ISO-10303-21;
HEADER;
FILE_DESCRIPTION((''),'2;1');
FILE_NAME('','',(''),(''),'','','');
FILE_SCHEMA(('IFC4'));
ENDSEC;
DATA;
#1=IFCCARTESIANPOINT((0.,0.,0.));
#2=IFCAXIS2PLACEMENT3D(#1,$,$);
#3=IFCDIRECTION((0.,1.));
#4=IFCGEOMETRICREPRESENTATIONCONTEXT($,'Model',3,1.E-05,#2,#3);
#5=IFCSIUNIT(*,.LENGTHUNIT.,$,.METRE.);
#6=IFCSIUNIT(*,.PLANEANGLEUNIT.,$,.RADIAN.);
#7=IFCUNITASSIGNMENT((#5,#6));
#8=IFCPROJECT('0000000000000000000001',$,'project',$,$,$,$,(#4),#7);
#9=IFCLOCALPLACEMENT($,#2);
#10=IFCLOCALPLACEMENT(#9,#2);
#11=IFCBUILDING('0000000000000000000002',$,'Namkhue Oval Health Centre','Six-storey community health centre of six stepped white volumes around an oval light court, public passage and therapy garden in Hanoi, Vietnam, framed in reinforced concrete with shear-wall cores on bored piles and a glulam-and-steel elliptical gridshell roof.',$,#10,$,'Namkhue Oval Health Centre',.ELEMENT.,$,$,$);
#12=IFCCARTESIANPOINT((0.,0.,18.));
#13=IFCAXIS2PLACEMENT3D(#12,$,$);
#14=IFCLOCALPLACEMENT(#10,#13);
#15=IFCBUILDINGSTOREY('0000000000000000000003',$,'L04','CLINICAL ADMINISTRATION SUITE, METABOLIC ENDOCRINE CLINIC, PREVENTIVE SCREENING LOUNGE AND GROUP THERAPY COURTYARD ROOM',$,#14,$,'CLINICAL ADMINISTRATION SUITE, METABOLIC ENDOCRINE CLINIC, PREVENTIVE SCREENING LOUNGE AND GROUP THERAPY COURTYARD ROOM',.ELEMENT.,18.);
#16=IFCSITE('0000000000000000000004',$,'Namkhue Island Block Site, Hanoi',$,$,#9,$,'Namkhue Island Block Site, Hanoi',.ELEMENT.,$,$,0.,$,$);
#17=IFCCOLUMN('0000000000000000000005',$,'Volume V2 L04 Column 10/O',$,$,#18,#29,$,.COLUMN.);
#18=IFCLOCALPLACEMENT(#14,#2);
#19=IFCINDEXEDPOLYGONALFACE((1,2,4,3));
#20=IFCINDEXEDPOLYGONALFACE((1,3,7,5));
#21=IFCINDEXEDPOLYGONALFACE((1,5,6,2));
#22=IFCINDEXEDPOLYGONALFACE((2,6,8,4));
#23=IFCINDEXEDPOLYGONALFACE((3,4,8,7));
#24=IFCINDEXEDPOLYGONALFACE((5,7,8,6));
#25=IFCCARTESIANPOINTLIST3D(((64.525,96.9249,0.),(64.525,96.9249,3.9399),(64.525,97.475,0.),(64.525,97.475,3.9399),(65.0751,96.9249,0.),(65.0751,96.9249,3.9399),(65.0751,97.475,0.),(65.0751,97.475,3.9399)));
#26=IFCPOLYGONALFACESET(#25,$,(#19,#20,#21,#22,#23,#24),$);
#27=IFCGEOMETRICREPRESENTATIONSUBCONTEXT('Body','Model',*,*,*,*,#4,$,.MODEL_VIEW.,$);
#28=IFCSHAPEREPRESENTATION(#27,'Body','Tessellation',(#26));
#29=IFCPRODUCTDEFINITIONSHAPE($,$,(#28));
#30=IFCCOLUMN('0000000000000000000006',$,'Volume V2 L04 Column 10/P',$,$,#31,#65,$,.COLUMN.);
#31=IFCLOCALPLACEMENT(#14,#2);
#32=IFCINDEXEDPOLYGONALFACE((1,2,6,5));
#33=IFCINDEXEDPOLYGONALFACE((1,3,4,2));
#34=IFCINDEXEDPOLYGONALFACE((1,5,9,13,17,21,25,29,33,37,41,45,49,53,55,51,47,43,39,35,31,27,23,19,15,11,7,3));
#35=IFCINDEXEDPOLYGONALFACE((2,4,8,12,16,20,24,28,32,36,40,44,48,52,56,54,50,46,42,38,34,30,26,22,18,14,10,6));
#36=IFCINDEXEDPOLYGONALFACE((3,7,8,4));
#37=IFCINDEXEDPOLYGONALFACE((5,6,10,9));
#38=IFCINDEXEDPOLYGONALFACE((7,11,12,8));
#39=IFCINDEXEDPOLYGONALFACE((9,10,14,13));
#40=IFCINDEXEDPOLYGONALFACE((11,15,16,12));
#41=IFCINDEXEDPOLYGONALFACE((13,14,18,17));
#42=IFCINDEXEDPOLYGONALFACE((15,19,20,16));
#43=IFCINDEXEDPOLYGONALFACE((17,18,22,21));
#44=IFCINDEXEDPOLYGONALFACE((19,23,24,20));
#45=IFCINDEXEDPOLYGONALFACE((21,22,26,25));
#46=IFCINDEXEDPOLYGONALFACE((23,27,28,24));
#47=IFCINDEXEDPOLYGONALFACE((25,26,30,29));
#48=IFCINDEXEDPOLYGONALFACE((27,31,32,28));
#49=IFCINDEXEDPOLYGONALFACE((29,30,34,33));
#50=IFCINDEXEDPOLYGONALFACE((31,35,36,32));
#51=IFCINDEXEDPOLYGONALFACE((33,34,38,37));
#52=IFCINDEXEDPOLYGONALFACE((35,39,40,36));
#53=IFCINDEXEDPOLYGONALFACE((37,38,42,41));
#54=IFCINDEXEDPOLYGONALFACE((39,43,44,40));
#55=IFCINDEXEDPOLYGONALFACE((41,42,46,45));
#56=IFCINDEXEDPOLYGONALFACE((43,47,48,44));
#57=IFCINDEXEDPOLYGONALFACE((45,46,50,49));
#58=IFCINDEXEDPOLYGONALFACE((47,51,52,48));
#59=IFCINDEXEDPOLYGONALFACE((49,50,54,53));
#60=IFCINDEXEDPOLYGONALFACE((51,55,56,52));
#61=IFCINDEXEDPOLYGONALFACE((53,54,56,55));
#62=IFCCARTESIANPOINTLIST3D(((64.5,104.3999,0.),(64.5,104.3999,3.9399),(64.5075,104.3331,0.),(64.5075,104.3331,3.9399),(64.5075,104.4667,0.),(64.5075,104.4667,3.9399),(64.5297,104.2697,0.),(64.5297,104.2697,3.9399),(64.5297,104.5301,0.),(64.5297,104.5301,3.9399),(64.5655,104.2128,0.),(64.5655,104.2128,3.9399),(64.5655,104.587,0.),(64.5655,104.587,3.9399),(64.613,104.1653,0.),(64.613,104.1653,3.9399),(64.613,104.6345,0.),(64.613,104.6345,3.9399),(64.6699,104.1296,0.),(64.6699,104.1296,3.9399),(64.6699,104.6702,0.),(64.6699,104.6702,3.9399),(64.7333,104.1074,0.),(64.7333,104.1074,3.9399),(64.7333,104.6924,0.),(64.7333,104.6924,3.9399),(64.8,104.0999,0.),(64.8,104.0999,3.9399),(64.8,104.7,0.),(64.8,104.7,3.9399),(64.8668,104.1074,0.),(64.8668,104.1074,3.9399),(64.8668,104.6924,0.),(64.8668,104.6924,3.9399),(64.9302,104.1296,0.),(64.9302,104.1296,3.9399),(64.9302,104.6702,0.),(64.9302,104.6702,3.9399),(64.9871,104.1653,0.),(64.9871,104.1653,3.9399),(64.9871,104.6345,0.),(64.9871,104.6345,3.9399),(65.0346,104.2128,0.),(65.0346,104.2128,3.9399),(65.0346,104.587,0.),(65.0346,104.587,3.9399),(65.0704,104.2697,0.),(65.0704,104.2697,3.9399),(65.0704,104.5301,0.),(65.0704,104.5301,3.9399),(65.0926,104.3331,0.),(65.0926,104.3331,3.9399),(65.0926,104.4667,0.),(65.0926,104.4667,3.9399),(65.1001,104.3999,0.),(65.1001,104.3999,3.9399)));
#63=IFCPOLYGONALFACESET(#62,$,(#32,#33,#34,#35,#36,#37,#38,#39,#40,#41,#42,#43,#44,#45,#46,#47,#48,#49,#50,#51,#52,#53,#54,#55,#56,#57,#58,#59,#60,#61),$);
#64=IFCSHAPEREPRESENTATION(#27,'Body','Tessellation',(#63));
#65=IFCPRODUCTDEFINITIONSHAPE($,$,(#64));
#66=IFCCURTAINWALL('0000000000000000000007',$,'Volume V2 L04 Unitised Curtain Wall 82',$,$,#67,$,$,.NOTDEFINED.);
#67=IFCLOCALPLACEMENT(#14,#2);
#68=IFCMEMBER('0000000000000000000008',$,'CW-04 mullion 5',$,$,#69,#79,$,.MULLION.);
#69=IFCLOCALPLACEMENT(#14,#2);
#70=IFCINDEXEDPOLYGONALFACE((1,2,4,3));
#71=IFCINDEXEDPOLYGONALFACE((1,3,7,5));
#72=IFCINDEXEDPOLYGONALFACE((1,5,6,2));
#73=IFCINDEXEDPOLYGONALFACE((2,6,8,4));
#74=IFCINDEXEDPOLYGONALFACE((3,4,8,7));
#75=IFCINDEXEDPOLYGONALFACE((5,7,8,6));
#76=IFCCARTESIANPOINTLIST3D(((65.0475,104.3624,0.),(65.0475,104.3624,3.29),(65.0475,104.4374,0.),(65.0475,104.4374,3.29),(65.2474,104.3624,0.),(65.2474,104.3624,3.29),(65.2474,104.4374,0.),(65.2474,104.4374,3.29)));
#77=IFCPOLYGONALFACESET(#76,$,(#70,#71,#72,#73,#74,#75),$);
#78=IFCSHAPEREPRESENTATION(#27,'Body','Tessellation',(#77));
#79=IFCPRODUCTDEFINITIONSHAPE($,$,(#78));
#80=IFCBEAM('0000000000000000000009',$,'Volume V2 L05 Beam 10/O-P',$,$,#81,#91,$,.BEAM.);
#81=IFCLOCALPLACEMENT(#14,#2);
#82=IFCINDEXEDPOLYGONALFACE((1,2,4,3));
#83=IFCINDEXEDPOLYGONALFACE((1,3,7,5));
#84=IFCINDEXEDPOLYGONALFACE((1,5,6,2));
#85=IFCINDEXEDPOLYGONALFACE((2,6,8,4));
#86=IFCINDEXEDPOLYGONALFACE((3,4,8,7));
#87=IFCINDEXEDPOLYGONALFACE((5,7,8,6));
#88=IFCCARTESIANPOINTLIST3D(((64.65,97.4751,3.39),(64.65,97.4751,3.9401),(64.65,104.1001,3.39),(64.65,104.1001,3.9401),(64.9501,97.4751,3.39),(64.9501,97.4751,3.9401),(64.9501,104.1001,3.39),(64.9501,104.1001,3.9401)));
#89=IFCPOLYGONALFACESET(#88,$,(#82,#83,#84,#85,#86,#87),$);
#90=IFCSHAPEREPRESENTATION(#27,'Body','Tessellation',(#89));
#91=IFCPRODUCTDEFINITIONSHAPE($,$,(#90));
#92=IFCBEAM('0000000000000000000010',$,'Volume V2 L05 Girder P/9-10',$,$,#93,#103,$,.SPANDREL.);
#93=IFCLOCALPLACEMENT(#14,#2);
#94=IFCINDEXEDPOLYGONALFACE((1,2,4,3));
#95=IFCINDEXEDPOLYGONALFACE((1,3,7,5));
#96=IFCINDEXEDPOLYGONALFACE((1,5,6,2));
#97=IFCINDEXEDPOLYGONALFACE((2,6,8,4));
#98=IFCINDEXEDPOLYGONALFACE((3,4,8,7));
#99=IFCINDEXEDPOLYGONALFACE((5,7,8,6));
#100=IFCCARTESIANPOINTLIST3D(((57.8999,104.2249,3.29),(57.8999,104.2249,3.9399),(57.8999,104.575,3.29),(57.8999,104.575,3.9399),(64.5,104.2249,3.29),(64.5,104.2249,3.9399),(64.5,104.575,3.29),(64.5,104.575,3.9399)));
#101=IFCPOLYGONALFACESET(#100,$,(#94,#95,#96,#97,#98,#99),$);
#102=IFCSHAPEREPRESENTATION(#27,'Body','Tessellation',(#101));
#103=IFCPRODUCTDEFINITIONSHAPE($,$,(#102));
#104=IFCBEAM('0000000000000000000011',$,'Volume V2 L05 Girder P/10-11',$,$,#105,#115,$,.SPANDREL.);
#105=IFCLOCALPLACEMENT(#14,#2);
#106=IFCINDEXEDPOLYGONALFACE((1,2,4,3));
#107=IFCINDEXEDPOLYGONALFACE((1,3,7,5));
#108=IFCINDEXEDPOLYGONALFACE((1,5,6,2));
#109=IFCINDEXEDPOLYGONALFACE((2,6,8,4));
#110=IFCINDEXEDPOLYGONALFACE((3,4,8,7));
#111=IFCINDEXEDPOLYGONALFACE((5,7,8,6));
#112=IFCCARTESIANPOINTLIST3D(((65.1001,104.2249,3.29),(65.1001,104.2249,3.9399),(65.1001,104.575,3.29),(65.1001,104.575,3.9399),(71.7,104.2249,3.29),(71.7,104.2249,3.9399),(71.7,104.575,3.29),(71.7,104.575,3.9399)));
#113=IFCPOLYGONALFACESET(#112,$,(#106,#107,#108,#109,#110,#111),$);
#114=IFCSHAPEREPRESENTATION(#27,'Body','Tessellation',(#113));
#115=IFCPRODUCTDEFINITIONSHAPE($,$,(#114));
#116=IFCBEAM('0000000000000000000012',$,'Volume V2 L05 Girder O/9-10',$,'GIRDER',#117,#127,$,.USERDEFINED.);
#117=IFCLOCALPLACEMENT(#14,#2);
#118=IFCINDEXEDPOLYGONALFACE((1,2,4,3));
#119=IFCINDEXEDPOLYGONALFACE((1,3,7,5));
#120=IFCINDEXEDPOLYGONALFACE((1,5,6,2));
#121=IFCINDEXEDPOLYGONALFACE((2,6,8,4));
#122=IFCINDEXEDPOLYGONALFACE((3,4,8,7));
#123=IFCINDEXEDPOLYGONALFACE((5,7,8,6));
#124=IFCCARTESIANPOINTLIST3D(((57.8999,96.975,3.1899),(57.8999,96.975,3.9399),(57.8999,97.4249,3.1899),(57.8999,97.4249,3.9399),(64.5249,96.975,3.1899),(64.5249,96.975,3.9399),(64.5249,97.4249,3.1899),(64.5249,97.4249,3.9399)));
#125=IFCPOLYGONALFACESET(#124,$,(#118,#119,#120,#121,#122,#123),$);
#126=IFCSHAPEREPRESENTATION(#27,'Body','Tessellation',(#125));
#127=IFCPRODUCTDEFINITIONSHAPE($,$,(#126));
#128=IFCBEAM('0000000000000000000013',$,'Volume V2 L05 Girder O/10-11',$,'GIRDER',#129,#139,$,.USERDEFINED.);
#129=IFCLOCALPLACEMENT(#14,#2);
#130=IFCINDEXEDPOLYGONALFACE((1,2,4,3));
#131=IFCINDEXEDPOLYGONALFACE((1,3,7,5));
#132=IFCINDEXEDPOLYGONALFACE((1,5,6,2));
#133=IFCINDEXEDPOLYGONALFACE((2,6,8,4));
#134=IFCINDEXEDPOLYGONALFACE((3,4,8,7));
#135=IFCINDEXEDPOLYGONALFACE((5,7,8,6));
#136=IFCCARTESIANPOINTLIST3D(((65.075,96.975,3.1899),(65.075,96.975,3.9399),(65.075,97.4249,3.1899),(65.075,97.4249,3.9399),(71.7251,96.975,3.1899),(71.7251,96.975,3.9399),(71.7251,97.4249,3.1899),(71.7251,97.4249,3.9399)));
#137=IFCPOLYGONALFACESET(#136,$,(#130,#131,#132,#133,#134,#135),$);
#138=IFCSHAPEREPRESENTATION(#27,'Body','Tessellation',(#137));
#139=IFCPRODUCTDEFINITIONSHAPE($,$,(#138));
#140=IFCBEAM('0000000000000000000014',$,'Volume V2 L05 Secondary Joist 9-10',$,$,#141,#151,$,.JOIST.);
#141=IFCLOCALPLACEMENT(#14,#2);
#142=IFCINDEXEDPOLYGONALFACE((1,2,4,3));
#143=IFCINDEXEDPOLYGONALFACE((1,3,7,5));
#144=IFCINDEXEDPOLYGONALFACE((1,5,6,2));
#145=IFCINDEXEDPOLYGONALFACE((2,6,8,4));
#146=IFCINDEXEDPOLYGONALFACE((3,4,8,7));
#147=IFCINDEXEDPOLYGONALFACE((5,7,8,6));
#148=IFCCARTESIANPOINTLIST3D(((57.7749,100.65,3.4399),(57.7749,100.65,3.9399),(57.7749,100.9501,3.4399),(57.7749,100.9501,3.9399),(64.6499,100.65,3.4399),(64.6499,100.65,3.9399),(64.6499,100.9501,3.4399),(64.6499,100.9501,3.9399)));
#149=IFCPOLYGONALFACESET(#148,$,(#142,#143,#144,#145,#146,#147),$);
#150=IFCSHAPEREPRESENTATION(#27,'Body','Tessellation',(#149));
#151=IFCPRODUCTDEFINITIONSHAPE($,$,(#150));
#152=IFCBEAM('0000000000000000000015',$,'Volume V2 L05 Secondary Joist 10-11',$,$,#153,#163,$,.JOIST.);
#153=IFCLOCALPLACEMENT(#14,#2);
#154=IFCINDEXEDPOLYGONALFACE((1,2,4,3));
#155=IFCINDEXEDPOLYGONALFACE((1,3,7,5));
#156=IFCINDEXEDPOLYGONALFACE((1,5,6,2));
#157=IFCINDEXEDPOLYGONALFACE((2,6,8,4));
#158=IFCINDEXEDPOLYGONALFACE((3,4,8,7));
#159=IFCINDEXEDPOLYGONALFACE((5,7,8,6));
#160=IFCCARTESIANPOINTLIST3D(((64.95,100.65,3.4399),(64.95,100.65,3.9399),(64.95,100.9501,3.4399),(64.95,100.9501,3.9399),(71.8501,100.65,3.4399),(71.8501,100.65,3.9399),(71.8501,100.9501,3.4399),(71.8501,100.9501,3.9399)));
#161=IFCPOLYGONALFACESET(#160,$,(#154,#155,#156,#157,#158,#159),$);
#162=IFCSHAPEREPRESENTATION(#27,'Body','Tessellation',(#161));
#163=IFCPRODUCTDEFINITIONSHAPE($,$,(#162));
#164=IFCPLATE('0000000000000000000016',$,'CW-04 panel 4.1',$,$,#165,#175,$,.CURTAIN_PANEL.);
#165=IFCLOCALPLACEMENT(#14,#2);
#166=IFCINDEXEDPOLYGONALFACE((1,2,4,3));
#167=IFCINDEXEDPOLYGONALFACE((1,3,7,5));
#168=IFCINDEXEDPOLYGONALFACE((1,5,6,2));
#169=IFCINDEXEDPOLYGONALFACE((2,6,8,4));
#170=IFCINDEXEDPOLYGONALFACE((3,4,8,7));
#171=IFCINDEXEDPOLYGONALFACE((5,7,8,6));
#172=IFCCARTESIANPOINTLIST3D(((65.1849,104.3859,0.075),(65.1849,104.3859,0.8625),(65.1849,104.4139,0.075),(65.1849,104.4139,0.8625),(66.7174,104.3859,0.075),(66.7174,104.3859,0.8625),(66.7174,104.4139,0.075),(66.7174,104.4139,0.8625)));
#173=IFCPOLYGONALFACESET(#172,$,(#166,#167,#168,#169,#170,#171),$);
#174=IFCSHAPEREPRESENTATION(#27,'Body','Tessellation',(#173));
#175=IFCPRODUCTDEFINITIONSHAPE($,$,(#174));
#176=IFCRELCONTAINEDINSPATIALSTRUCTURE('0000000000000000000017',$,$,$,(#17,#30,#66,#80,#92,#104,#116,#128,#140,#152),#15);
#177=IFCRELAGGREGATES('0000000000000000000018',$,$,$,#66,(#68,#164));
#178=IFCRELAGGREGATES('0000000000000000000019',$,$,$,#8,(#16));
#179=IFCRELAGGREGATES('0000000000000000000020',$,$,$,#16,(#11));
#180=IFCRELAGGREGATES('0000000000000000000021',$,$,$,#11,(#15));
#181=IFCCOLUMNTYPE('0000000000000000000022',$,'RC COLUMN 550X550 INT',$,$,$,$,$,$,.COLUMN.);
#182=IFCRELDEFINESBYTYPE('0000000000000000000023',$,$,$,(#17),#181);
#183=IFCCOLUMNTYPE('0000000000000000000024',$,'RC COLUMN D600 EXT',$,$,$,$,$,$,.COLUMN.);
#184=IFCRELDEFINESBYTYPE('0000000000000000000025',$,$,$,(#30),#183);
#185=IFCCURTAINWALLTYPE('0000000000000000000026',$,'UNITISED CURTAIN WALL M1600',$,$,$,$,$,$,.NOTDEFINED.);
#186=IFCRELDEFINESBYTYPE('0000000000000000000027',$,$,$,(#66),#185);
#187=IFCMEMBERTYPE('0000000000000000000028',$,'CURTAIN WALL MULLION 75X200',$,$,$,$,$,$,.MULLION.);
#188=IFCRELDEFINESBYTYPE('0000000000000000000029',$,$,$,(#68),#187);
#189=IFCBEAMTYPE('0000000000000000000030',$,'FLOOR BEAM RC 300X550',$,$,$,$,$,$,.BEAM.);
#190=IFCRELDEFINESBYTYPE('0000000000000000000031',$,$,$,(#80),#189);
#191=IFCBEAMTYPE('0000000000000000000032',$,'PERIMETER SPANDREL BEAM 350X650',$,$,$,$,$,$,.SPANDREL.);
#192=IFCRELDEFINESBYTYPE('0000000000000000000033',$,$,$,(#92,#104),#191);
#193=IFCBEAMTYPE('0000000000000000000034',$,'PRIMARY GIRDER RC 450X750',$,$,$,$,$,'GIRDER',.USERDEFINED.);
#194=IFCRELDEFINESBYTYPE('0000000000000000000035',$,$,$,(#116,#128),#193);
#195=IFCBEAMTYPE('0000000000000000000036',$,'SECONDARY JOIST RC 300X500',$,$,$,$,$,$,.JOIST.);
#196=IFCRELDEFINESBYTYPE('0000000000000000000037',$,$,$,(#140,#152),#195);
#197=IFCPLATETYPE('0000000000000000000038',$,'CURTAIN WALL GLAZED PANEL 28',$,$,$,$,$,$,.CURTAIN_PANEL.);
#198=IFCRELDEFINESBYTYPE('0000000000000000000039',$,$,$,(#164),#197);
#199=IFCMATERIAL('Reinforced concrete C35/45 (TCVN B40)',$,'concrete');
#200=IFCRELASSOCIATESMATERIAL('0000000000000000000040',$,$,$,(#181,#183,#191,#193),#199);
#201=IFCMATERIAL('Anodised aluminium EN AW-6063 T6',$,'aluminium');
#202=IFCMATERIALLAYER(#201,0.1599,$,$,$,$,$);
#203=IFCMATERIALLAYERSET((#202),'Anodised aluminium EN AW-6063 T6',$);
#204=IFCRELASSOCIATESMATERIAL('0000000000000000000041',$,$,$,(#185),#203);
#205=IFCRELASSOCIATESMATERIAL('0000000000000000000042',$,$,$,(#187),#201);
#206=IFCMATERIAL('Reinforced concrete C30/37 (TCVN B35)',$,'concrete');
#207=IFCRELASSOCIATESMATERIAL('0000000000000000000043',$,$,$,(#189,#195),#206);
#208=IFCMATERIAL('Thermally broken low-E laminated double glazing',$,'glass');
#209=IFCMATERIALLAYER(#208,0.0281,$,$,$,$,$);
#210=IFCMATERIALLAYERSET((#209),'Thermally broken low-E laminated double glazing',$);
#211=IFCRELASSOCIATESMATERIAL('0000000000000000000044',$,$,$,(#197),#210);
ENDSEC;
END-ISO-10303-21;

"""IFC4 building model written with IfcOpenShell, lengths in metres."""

from ifc_helpers import new_model, si_unit, direction, frame, origin, origin_2d, place, context, subcontext, project, spatial, rectangle, circle, extrude, material, layer, layer_set, material_profile, profile_set, type_object, element, aggregate, save


model = new_model("IFC4")

# Units and contexts
model_context = context("Model", 3, precision=1e-05, world=origin(), true_north=direction((0.0, 1.0)))
body_context = subcontext(model_context, "Body", "Model", "MODEL_VIEW")
ifc_project = project(units=[si_unit("LENGTHUNIT", "METRE"), si_unit("PLANEANGLEUNIT", "RADIAN")], contexts=[model_context])

# Site, building, storey
site_placement = place(None, origin())
site = spatial("IfcSite", under=ifc_project, at=site_placement, Name="Namkhue Island Block Site, Hanoi", LongName="Namkhue Island Block Site, Hanoi", CompositionType="ELEMENT", RefElevation=0.0)
building_placement = place(site_placement, origin())
building = spatial("IfcBuilding", under=site, at=building_placement, Name="Namkhue Oval Health Centre", Description="Six-storey community health centre of six stepped white volumes around an oval light court, public passage and therapy garden in Hanoi, Vietnam, framed in reinforced concrete with shear-wall cores on bored piles and a glulam-and-steel elliptical gridshell roof.", LongName="Namkhue Oval Health Centre", CompositionType="ELEMENT")
storey_placement = place(building_placement, frame((0.0, 0.0, 18.0)))
storey = spatial("IfcBuildingStorey", under=building, at=storey_placement, Name="L04", Description="CLINICAL ADMINISTRATION SUITE, METABOLIC ENDOCRINE CLINIC, PREVENTIVE SCREENING LOUNGE AND GROUP THERAPY COURTYARD ROOM", LongName="CLINICAL ADMINISTRATION SUITE, METABOLIC ENDOCRINE CLINIC, PREVENTIVE SCREENING LOUNGE AND GROUP THERAPY COURTYARD ROOM", CompositionType="ELEMENT", Elevation=18.0)

# Columns
ifc_material_1 = material(Name="Reinforced concrete C35/45 (TCVN B40)", Category="concrete")
ifc_material_profile_1 = material_profile(ifc_material_1, rectangle(XDim=0.55, YDim=0.55, at=origin_2d()), Name="RC 550x550")
ifc_profile_set_1 = profile_set([ifc_material_profile_1], Name="Reinforced concrete C35/45 (TCVN B40)")
column_type_1 = type_object("IfcColumnType", Name="RC COLUMN 550X550 INT", PredefinedType="COLUMN", material=ifc_profile_set_1)
column_1_placement = place(storey_placement, frame((64.8, 97.2, 0.0), z_axis=(0.0, 0.0, 1.0), x_axis=(1.0, 0.0, 0.0)))
element("IfcColumn", 1, at=column_1_placement, inside=storey, type_object=column_type_1, Name="Volume V2 L04 Column 10/O", PredefinedType="COLUMN", context=body_context, shape_type="SweptSolid", body=[
    extrude(rectangle(XDim=0.55, YDim=0.55, at=origin_2d()), origin(), (0.0, 0.0, 1.0), 3.9399),
])
ifc_material_profile_2 = material_profile(ifc_material_1, circle(Radius=0.3, at=origin_2d()), Name="RC D600")
ifc_profile_set_2 = profile_set([ifc_material_profile_2], Name="Reinforced concrete C35/45 (TCVN B40)")
column_type_2 = type_object("IfcColumnType", Name="RC COLUMN D600 EXT", PredefinedType="COLUMN", material=ifc_profile_set_2)
column_2_placement = place(storey_placement, frame((64.8, 104.3999, 0.0), z_axis=(0.0, 0.0, 1.0), x_axis=(1.0, 0.0, 0.0)))
element("IfcColumn", 2, at=column_2_placement, inside=storey, type_object=column_type_2, Name="Volume V2 L04 Column 10/P", PredefinedType="COLUMN", context=body_context, shape_type="SweptSolid", body=[
    extrude(circle(Radius=0.3, at=origin_2d()), origin(), (0.0, 0.0, 1.0), 3.9399),
])

# Curtain wall, member
ifc_material_2 = material(Name="Anodised aluminium EN AW-6063 T6", Category="aluminium")
ifc_layer_1 = layer(ifc_material_2, 0.1599)
ifc_layer_set_1 = layer_set([ifc_layer_1], Name="Anodised aluminium EN AW-6063 T6")
curtain_wall_type = type_object("IfcCurtainWallType", Name="UNITISED CURTAIN WALL M1600", PredefinedType="NOTDEFINED", material=ifc_layer_set_1)
curtain_wall_placement = place(storey_placement, origin())
curtain_wall = element("IfcCurtainWall", 3, at=curtain_wall_placement, inside=storey, type_object=curtain_wall_type, Name="Volume V2 L04 Unitised Curtain Wall 82", PredefinedType="NOTDEFINED")
ifc_material_profile_3 = material_profile(ifc_material_2, rectangle(XDim=0.075, YDim=0.2, at=origin_2d()), Name="ALU 75x200")
ifc_profile_set_3 = profile_set([ifc_material_profile_3], Name="Anodised aluminium EN AW-6063 T6")
member_type = type_object("IfcMemberType", Name="CURTAIN WALL MULLION 75X200", PredefinedType="MULLION", material=ifc_profile_set_3)
member_placement = place(storey_placement, frame((65.1475, 104.3999, 0.0), z_axis=(0.0, 0.0, 1.0), x_axis=(0.0, -1.0, 0.0)))
member = element("IfcMember", 4, at=member_placement, type_object=member_type, Name="CW-04 mullion 5", PredefinedType="MULLION", context=body_context, shape_type="SweptSolid", body=[
    extrude(rectangle(XDim=0.075, YDim=0.2, at=origin_2d()), origin(), (0.0, 0.0, 1.0), 3.29),
])

# Beams
ifc_material_3 = material(Name="Reinforced concrete C30/37 (TCVN B35)", Category="concrete")
ifc_material_profile_4 = material_profile(ifc_material_3, rectangle(XDim=0.3, YDim=0.55, at=origin_2d()), Name="RC 300x550")
ifc_profile_set_4 = profile_set([ifc_material_profile_4], Name="Reinforced concrete C30/37 (TCVN B35)")
beam_type_1 = type_object("IfcBeamType", Name="FLOOR BEAM RC 300X550", PredefinedType="BEAM", material=ifc_profile_set_4)
beam_1_placement = place(storey_placement, frame((64.8, 97.4751, 3.665), z_axis=(0.0, 1.0, 0.0), x_axis=(-1.0, 0.0, 0.0)))
element("IfcBeam", 5, at=beam_1_placement, inside=storey, type_object=beam_type_1, Name="Volume V2 L05 Beam 10/O-P", PredefinedType="BEAM", context=body_context, shape_type="SweptSolid", body=[
    extrude(rectangle(XDim=0.3, YDim=0.55, at=origin_2d()), origin(), (0.0, 0.0, 1.0), 6.625),
])
ifc_material_profile_5 = material_profile(ifc_material_1, rectangle(XDim=0.3501, YDim=0.6499, at=origin_2d()), Name="RC 350x650")
ifc_profile_set_5 = profile_set([ifc_material_profile_5], Name="Reinforced concrete C35/45 (TCVN B40)")
beam_type_2 = type_object("IfcBeamType", Name="PERIMETER SPANDREL BEAM 350X650", PredefinedType="SPANDREL", material=ifc_profile_set_5)
beam_2_placement = place(storey_placement, frame((57.8999, 104.3999, 3.615), z_axis=(1.0, 0.0, 0.0), x_axis=(0.0, 1.0, 0.0)))
element("IfcBeam", 6, at=beam_2_placement, inside=storey, type_object=beam_type_2, Name="Volume V2 L05 Girder P/9-10", PredefinedType="SPANDREL", context=body_context, shape_type="SweptSolid", body=[
    extrude(rectangle(XDim=0.3501, YDim=0.6499, at=origin_2d()), origin(), (0.0, 0.0, 1.0), 6.6001),
])
beam_3_placement = place(storey_placement, frame((65.1001, 104.3999, 3.615), z_axis=(1.0, 0.0, 0.0), x_axis=(0.0, 1.0, 0.0)))
element("IfcBeam", 7, at=beam_3_placement, inside=storey, type_object=beam_type_2, Name="Volume V2 L05 Girder P/10-11", PredefinedType="SPANDREL", context=body_context, shape_type="SweptSolid", body=[
    extrude(rectangle(XDim=0.3501, YDim=0.6499, at=origin_2d()), origin(), (0.0, 0.0, 1.0), 6.5999),
])
ifc_material_profile_6 = material_profile(ifc_material_1, rectangle(XDim=0.45, YDim=0.75, at=origin_2d()), Name="RC 450x750")
ifc_profile_set_6 = profile_set([ifc_material_profile_6], Name="Reinforced concrete C35/45 (TCVN B40)")
beam_type_3 = type_object("IfcBeamType", Name="PRIMARY GIRDER RC 450X750", ElementType="GIRDER", PredefinedType="USERDEFINED", material=ifc_profile_set_6)
beam_4_placement = place(storey_placement, frame((57.8999, 97.2, 3.5649), z_axis=(1.0, 0.0, 0.0), x_axis=(0.0, 1.0, 0.0)))
element("IfcBeam", 8, at=beam_4_placement, inside=storey, type_object=beam_type_3, Name="Volume V2 L05 Girder O/9-10", ObjectType="GIRDER", PredefinedType="USERDEFINED", context=body_context, shape_type="SweptSolid", body=[
    extrude(rectangle(XDim=0.45, YDim=0.75, at=origin_2d()), origin(), (0.0, 0.0, 1.0), 6.625),
])
beam_5_placement = place(storey_placement, frame((65.075, 97.2, 3.5649), z_axis=(1.0, 0.0, 0.0), x_axis=(0.0, 1.0, 0.0)))
element("IfcBeam", 9, at=beam_5_placement, inside=storey, type_object=beam_type_3, Name="Volume V2 L05 Girder O/10-11", ObjectType="GIRDER", PredefinedType="USERDEFINED", context=body_context, shape_type="SweptSolid", body=[
    extrude(rectangle(XDim=0.45, YDim=0.75, at=origin_2d()), origin(), (0.0, 0.0, 1.0), 6.6501),
])
ifc_material_profile_7 = material_profile(ifc_material_3, rectangle(XDim=0.3, YDim=0.5, at=origin_2d()), Name="RC 300x500")
ifc_profile_set_7 = profile_set([ifc_material_profile_7], Name="Reinforced concrete C30/37 (TCVN B35)")
beam_type_4 = type_object("IfcBeamType", Name="SECONDARY JOIST RC 300X500", PredefinedType="JOIST", material=ifc_profile_set_7)
beam_6_placement = place(storey_placement, frame((57.7749, 100.8, 3.6899), z_axis=(1.0, 0.0, 0.0), x_axis=(0.0, 1.0, 0.0)))
element("IfcBeam", 10, at=beam_6_placement, inside=storey, type_object=beam_type_4, Name="Volume V2 L05 Secondary Joist 9-10", PredefinedType="JOIST", context=body_context, shape_type="SweptSolid", body=[
    extrude(rectangle(XDim=0.3, YDim=0.5, at=origin_2d()), origin(), (0.0, 0.0, 1.0), 6.875),
])
beam_7_placement = place(storey_placement, frame((64.95, 100.8, 3.6899), z_axis=(1.0, 0.0, 0.0), x_axis=(0.0, 1.0, 0.0)))
element("IfcBeam", 11, at=beam_7_placement, inside=storey, type_object=beam_type_4, Name="Volume V2 L05 Secondary Joist 10-11", PredefinedType="JOIST", context=body_context, shape_type="SweptSolid", body=[
    extrude(rectangle(XDim=0.3, YDim=0.5, at=origin_2d()), origin(), (0.0, 0.0, 1.0), 6.9001),
])

# Plate
ifc_material_4 = material(Name="Thermally broken low-E laminated double glazing", Category="glass")
ifc_layer_2 = layer(ifc_material_4, 0.0281)
ifc_layer_set_2 = layer_set([ifc_layer_2], Name="Thermally broken low-E laminated double glazing")
plate_type = type_object("IfcPlateType", Name="CURTAIN WALL GLAZED PANEL 28", PredefinedType="CURTAIN_PANEL", material=ifc_layer_set_2)
plate_placement = place(storey_placement, frame((65.9512, 104.3999, 0.075), z_axis=(0.0, 0.0, 1.0), x_axis=(-1.0, 0.0, 0.0)))
plate = element("IfcPlate", 12, at=plate_placement, type_object=plate_type, Name="CW-04 panel 4.1", PredefinedType="CURTAIN_PANEL", context=body_context, shape_type="SweptSolid", body=[
    extrude(rectangle(XDim=1.5325, YDim=0.0281, at=origin_2d()), origin(), (0.0, 0.0, 1.0), 0.7876),
])
aggregate(curtain_wall, [member, plate])

save(model, "model.ifc")
